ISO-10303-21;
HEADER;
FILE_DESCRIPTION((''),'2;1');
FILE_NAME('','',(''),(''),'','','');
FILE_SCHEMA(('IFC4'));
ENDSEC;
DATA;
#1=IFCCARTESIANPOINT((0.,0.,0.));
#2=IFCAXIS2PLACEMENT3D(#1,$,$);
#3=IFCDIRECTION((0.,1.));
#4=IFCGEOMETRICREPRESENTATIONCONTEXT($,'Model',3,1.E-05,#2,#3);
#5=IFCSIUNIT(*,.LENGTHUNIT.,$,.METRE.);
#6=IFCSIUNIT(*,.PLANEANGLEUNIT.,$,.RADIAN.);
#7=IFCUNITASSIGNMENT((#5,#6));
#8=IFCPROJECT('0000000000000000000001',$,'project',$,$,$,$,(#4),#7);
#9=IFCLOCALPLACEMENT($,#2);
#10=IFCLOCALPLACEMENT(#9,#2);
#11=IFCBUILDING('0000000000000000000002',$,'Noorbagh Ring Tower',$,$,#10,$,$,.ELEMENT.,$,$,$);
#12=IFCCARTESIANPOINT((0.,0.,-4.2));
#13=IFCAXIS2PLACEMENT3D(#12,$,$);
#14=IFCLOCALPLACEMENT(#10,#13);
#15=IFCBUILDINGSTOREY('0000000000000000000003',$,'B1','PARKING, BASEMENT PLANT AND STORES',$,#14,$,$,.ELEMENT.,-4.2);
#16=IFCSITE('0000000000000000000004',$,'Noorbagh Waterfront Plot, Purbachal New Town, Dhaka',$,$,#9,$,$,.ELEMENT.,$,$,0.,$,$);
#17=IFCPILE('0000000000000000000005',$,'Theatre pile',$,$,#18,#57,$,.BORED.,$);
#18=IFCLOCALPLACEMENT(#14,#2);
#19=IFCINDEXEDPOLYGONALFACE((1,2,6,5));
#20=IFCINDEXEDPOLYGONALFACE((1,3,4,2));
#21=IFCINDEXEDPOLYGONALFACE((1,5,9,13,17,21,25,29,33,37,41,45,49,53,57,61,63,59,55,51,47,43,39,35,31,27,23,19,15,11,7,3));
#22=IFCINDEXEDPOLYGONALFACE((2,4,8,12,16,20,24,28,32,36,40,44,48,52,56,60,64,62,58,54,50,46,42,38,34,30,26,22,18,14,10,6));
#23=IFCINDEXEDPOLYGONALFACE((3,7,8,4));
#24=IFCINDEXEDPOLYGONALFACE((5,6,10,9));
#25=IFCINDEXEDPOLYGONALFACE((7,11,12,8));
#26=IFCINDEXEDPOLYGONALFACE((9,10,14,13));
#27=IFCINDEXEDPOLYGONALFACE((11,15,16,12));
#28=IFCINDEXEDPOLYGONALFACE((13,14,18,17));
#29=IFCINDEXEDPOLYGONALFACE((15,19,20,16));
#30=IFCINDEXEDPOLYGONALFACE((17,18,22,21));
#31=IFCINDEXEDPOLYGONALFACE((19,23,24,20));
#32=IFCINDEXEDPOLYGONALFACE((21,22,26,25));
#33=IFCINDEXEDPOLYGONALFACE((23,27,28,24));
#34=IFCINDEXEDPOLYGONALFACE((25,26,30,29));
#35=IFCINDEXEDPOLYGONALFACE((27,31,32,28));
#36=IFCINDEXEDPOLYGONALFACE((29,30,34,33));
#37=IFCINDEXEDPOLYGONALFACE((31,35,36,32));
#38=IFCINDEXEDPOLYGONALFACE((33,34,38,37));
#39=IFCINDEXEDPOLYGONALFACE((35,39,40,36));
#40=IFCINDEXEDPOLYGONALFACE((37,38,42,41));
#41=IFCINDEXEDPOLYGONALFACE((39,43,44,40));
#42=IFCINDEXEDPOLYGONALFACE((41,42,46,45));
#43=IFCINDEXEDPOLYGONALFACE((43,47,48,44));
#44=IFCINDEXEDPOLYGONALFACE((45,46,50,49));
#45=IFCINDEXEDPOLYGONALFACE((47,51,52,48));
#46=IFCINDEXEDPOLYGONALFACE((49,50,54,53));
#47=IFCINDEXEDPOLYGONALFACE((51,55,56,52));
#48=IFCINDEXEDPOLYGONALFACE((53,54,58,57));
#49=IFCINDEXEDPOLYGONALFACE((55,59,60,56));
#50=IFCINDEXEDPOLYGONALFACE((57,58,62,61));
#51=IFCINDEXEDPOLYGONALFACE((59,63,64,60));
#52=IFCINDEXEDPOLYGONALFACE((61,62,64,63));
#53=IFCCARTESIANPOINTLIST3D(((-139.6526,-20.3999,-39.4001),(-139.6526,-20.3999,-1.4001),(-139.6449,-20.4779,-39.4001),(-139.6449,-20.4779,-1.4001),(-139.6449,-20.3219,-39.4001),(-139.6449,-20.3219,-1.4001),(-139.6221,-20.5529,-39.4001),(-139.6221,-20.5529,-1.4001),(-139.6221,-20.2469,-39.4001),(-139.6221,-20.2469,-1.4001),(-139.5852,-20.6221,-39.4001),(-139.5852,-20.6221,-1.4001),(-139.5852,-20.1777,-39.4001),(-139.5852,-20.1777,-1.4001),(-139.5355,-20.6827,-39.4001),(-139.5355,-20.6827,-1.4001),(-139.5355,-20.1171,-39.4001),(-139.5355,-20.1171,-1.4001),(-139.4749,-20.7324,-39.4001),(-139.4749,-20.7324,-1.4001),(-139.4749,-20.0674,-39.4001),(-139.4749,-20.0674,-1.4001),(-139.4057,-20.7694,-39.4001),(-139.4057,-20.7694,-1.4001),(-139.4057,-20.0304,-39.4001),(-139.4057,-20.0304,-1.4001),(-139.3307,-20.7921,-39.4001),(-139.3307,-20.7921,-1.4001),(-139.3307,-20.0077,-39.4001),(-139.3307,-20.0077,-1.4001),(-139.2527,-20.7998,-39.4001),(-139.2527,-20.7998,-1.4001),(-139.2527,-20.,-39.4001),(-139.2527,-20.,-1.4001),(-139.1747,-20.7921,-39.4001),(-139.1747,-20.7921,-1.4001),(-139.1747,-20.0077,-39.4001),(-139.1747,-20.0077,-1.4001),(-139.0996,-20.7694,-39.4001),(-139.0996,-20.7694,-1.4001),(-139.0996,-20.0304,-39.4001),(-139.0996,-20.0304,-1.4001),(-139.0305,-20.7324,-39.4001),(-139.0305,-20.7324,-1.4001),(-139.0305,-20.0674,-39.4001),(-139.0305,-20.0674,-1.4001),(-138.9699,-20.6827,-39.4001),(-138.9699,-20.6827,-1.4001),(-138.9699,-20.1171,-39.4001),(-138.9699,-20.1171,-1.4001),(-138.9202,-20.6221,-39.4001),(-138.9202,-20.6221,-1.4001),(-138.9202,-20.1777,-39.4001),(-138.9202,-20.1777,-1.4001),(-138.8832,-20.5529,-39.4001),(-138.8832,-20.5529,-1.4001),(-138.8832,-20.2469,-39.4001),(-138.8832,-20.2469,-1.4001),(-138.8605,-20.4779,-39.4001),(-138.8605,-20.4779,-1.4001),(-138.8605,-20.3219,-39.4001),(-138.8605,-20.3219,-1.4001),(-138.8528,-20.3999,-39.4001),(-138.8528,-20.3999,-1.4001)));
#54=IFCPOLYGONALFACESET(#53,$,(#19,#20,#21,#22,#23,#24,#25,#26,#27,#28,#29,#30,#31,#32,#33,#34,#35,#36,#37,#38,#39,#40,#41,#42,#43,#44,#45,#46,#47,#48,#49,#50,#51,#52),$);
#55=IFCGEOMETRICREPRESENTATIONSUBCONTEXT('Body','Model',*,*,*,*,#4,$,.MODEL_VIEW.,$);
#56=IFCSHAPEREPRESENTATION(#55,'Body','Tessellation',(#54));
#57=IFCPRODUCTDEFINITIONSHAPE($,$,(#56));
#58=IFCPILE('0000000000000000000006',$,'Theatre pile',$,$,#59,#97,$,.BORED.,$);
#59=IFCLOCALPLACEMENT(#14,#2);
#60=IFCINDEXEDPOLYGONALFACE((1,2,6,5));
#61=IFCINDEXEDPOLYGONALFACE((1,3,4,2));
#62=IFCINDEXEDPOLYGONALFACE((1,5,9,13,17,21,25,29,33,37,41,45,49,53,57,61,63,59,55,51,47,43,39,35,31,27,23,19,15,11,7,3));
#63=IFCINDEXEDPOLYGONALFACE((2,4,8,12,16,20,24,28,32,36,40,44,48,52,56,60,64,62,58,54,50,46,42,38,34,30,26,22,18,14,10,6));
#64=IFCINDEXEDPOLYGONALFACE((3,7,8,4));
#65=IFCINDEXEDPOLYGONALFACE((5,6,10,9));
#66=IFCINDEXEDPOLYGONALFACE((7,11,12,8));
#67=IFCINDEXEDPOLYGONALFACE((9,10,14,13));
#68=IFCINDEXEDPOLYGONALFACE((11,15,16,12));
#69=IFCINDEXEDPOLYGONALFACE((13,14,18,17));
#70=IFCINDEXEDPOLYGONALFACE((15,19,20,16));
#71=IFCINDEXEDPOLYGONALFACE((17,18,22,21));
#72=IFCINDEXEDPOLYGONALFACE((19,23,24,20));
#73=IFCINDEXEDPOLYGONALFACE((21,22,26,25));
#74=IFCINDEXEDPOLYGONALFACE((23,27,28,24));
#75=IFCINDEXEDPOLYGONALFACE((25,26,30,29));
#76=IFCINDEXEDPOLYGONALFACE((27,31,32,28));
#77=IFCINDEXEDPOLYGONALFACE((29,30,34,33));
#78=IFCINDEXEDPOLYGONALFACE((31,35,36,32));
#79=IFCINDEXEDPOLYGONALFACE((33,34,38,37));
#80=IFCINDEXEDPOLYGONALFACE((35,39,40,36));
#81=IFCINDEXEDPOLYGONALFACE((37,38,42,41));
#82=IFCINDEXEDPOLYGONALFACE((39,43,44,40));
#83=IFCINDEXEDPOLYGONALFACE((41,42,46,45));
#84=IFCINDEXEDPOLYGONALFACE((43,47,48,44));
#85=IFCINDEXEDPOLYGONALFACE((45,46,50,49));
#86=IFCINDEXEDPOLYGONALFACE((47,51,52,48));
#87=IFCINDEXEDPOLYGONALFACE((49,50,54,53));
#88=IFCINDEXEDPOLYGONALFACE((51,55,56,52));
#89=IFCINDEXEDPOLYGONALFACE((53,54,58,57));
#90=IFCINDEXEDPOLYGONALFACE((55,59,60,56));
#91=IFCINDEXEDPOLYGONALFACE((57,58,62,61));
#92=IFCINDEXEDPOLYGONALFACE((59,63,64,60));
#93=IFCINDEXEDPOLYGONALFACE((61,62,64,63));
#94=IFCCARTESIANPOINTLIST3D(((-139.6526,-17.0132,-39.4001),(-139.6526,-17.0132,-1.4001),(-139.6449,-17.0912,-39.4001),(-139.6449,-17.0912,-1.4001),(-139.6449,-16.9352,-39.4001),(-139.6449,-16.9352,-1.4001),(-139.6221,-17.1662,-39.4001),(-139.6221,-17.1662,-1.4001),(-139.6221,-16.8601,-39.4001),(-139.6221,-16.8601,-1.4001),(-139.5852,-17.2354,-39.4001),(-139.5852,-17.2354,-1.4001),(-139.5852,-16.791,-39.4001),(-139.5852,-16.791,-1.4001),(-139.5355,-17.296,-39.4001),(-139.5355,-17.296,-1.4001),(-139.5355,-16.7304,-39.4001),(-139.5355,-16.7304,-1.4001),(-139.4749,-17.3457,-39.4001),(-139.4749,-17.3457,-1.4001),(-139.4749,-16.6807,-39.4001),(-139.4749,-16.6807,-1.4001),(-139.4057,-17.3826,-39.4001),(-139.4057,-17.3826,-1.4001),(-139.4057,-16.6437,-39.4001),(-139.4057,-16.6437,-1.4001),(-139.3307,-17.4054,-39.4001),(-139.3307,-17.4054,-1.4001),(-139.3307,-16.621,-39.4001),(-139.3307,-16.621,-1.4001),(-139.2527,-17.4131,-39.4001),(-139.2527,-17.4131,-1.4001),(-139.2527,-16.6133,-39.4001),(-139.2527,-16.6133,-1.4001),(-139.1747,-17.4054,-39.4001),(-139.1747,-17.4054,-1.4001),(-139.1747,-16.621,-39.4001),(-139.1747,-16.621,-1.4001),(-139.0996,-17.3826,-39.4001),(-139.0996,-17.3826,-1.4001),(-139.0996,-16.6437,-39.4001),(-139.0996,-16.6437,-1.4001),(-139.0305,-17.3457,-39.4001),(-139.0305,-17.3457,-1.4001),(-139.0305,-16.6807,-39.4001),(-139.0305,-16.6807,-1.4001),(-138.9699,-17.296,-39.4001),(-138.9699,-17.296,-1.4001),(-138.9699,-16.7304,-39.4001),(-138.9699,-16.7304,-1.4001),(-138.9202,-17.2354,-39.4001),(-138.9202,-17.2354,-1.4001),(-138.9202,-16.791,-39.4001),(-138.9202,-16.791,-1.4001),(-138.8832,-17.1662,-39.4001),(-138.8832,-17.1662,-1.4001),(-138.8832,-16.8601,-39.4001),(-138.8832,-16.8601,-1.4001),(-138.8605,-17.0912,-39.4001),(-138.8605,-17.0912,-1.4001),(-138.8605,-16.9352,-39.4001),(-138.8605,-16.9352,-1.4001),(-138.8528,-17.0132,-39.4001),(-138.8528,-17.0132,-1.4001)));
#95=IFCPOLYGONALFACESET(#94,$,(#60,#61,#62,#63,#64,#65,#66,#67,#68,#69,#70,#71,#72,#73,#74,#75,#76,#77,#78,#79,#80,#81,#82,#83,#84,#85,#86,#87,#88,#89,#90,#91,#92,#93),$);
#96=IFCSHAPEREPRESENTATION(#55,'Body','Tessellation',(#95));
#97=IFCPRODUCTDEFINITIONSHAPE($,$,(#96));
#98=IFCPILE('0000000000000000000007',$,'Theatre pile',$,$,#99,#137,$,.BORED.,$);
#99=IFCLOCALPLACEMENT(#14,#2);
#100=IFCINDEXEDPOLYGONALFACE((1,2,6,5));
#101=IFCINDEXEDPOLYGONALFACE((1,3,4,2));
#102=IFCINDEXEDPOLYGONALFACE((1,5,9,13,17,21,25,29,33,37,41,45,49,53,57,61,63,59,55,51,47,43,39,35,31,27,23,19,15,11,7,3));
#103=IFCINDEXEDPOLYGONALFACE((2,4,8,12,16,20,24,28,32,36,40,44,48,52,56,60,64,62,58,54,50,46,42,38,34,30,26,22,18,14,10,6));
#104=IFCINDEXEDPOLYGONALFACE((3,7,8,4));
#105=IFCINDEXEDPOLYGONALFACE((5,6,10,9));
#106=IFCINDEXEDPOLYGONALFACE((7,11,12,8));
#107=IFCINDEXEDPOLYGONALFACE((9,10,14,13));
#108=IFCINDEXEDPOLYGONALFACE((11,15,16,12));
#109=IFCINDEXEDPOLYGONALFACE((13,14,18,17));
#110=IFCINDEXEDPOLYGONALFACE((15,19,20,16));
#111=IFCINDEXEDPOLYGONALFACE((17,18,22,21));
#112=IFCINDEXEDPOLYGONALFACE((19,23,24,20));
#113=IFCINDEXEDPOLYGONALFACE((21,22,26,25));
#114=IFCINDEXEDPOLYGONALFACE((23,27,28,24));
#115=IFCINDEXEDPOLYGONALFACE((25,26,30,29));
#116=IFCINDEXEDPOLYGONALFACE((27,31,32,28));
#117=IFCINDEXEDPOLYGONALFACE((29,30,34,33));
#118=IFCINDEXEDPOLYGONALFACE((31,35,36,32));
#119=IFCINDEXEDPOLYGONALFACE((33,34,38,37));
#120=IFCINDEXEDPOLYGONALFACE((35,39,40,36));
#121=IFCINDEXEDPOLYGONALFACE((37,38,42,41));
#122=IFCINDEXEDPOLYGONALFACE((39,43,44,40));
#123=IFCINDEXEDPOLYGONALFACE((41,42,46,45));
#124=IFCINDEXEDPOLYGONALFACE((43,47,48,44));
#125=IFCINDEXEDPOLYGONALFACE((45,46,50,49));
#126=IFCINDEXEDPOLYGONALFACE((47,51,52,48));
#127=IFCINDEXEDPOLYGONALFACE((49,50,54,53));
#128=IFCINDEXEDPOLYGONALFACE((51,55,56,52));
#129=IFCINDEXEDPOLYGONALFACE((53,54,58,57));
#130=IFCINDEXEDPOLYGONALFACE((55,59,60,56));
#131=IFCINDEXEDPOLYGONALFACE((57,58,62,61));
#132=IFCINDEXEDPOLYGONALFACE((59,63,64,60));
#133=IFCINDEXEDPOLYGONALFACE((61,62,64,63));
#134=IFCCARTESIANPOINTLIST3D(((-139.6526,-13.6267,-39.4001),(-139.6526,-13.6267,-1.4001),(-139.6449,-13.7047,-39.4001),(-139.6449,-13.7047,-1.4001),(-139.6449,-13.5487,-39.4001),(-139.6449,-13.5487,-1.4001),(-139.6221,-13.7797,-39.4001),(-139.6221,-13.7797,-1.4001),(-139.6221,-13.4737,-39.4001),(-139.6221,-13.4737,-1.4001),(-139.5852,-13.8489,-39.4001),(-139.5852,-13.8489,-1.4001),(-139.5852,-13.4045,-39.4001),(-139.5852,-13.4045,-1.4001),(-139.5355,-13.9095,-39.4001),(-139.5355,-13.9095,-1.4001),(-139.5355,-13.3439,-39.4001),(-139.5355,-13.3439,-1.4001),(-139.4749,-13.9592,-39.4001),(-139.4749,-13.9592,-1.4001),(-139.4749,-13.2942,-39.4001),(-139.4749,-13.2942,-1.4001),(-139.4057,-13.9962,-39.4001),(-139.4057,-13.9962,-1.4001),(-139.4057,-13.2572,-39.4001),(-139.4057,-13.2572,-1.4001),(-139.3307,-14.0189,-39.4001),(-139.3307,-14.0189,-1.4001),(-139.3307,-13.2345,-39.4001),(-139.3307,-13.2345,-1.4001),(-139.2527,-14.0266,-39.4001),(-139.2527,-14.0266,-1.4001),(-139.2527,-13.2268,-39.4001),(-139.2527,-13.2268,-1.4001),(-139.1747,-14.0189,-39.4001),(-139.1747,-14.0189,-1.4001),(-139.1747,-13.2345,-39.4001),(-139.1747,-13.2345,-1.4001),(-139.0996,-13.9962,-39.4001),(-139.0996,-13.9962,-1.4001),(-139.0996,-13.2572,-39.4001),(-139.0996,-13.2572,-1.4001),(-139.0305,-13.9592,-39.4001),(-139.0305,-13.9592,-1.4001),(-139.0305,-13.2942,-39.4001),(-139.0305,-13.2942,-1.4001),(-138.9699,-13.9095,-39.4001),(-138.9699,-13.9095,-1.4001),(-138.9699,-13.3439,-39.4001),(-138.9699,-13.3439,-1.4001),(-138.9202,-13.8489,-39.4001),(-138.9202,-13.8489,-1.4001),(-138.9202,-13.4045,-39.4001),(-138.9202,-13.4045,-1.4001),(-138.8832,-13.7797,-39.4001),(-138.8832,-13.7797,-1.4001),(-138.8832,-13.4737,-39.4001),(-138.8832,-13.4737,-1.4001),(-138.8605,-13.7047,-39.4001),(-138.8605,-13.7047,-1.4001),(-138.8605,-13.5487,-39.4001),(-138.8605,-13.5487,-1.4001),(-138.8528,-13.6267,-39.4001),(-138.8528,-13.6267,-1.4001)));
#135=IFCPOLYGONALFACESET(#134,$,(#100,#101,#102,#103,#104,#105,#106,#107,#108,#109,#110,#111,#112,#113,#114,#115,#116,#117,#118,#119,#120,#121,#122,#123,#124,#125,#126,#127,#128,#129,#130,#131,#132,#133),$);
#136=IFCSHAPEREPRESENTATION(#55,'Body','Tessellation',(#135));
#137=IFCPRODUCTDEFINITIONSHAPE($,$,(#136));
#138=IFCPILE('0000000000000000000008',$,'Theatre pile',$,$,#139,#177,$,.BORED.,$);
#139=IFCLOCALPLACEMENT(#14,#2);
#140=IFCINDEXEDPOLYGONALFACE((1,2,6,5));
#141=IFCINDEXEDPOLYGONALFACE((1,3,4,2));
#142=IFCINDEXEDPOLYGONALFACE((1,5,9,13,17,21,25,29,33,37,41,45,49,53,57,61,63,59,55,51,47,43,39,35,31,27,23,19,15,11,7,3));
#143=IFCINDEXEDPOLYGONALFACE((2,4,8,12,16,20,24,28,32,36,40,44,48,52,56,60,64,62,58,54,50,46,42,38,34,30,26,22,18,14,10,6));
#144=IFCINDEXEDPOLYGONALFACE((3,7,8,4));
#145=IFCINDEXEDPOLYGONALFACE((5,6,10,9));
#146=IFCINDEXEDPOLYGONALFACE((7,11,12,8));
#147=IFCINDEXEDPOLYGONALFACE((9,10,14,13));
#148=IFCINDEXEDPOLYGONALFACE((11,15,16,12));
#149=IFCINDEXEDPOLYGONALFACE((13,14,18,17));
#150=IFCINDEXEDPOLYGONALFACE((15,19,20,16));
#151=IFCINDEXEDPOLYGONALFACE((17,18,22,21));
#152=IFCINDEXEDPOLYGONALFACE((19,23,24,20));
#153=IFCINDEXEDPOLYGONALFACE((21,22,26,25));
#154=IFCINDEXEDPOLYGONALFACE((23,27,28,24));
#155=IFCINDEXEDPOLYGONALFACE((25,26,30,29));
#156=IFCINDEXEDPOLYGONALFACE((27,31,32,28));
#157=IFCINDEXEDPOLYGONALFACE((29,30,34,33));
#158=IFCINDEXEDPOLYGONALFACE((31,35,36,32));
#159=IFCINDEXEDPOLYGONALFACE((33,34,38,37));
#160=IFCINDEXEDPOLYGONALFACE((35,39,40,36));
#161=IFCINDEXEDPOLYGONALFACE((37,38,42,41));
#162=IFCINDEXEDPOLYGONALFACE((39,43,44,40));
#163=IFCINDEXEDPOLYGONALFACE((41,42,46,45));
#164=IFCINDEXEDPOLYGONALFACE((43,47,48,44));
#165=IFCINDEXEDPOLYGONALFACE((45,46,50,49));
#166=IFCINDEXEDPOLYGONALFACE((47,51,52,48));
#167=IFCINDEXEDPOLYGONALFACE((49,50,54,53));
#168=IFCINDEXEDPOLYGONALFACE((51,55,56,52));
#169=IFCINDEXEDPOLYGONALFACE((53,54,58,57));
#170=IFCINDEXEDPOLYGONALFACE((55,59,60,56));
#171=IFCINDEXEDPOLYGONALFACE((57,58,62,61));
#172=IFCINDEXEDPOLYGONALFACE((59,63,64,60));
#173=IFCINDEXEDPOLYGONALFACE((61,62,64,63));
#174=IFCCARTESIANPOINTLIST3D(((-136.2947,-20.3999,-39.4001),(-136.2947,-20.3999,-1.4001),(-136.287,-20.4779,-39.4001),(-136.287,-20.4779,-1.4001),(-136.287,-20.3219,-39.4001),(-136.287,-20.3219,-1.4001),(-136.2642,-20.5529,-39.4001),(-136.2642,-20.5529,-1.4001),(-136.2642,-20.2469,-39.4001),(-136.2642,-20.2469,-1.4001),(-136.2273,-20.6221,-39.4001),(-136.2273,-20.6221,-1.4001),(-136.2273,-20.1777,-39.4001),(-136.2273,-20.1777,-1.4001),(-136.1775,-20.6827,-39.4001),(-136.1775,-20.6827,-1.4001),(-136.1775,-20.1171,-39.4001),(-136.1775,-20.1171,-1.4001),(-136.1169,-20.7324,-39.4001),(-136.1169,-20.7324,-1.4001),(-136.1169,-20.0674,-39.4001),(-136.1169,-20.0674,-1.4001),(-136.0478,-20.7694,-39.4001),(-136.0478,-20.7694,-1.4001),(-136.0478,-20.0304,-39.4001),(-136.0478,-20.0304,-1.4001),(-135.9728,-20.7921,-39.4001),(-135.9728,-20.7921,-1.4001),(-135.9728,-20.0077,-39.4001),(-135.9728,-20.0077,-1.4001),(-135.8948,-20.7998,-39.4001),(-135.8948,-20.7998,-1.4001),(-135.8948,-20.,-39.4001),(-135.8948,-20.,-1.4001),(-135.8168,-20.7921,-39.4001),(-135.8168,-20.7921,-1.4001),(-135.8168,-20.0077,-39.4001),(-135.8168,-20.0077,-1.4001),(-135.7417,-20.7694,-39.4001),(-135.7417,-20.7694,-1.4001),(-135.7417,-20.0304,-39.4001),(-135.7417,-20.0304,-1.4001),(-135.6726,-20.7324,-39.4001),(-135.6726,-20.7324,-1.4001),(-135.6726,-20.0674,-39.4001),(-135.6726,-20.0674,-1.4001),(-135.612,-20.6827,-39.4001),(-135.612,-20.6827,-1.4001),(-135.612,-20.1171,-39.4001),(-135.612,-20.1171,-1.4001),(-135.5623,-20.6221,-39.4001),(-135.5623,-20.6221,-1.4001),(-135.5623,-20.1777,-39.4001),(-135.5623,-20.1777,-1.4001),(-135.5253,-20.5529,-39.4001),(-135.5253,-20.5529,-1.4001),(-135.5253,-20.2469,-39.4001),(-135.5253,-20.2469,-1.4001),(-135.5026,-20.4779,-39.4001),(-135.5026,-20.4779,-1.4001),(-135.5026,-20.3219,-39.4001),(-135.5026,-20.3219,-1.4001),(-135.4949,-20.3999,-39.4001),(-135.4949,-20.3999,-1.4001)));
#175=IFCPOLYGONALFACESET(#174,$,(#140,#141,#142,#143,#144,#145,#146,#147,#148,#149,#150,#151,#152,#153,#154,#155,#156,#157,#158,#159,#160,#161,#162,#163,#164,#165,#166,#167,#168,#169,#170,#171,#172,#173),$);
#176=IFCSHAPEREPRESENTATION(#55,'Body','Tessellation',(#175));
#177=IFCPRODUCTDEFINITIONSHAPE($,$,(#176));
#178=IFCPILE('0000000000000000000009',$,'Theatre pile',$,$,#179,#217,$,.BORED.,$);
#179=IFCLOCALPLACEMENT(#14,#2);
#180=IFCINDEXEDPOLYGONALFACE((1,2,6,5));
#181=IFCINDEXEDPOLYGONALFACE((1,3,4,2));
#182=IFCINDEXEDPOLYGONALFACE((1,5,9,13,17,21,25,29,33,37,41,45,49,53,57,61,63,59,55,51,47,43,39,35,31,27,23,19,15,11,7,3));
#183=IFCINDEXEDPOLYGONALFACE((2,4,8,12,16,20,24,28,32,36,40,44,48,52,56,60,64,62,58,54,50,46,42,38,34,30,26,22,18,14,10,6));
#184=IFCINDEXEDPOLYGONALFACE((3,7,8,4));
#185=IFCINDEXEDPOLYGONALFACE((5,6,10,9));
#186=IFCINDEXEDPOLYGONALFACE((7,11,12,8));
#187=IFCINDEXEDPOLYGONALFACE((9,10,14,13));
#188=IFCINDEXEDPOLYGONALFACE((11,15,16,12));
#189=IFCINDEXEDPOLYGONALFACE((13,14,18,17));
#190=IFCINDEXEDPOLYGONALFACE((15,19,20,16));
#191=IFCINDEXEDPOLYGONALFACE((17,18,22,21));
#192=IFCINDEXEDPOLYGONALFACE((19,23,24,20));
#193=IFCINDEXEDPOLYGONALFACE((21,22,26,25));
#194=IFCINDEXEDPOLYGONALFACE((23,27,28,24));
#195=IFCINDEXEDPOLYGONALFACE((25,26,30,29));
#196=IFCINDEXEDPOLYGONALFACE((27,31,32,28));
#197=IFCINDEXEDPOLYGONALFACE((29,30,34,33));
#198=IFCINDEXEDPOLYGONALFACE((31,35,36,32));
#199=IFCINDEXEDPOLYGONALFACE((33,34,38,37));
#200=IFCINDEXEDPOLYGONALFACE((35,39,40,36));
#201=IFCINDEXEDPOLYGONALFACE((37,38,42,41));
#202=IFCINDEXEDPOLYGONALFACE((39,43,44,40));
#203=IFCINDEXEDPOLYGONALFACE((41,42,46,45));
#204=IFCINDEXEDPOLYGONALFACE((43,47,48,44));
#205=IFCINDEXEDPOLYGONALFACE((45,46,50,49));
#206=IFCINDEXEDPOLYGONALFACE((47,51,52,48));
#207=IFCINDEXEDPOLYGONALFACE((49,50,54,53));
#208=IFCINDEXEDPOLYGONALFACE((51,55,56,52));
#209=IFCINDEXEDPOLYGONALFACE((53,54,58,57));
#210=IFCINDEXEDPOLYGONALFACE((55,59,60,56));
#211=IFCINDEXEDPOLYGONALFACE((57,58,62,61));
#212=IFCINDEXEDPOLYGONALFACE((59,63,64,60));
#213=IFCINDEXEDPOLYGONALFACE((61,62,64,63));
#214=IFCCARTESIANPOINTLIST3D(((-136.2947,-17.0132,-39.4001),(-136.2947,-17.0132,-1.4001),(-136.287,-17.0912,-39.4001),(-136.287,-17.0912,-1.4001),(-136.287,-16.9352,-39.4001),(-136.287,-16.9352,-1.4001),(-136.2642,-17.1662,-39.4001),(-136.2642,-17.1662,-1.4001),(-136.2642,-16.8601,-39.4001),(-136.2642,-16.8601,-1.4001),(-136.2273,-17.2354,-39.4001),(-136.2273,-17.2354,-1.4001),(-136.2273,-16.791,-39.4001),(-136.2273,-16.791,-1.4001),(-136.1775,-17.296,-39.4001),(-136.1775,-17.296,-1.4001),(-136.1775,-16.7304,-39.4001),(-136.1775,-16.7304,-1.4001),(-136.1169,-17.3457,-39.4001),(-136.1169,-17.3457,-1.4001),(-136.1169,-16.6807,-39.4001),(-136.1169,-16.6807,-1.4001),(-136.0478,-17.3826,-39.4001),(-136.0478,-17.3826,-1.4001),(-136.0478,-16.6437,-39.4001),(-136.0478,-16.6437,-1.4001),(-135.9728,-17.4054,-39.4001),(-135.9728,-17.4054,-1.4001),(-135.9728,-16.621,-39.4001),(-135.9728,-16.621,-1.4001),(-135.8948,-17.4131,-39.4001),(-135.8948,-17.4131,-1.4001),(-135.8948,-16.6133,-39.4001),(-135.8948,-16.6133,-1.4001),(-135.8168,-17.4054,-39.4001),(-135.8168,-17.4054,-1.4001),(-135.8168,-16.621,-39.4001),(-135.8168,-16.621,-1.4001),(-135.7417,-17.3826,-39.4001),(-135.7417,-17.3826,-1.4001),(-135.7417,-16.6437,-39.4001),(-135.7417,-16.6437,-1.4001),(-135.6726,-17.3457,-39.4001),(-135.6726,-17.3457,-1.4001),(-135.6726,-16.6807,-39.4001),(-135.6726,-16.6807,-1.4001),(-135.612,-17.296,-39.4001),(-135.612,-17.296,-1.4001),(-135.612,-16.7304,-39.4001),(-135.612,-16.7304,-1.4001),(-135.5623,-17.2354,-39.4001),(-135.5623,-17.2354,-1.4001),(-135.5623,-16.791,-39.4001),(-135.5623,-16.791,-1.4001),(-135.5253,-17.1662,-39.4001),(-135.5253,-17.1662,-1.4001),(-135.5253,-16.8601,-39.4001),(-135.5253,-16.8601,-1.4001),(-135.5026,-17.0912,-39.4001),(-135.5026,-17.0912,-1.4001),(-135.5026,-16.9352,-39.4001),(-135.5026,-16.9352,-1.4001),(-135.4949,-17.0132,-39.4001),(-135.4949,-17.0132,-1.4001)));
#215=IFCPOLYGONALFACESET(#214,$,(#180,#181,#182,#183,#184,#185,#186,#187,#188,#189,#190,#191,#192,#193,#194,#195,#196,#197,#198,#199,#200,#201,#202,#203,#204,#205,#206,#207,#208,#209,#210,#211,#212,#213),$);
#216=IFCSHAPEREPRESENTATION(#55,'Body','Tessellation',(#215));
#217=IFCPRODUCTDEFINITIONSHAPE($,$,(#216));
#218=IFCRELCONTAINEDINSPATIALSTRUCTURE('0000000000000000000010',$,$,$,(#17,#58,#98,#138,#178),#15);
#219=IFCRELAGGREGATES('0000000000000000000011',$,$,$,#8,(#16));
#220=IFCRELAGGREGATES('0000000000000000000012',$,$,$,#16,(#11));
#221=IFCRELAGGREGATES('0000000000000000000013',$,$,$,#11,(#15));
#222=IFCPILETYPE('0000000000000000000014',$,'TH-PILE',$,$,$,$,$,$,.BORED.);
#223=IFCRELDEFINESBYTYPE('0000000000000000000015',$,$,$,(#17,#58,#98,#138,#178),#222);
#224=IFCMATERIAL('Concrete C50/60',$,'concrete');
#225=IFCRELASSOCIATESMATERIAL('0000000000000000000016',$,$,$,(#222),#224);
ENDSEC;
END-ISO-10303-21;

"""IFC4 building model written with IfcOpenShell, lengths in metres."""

from ifc_helpers import new_model, si_unit, direction, frame, origin, origin_2d, place, context, subcontext, project, spatial, circle, extrude, material, material_profile, profile_set, type_object, element, save


model = new_model("IFC4")

# Units and contexts
model_context = context("Model", 3, precision=1e-05, world=origin(), true_north=direction((0.0, 1.0)))
body_context = subcontext(model_context, "Body", "Model", "MODEL_VIEW")
ifc_project = project(units=[si_unit("LENGTHUNIT", "METRE"), si_unit("PLANEANGLEUNIT", "RADIAN")], contexts=[model_context])

# Site, building, storey
site_placement = place(None, origin())
site = spatial("IfcSite", under=ifc_project, at=site_placement, Name="Noorbagh Waterfront Plot, Purbachal New Town, Dhaka", CompositionType="ELEMENT", RefElevation=0.0)
building_placement = place(site_placement, origin())
building = spatial("IfcBuilding", under=site, at=building_placement, Name="Noorbagh Ring Tower", CompositionType="ELEMENT")
storey_placement = place(building_placement, frame((0.0, 0.0, -4.2)))
storey = spatial("IfcBuildingStorey", under=building, at=storey_placement, Name="B1", Description="PARKING, BASEMENT PLANT AND STORES", CompositionType="ELEMENT", Elevation=-4.2)

# Piles
ifc_material_1 = material(Name="Concrete C50/60", Category="concrete")
ifc_material_profile = material_profile(ifc_material_1, circle(Radius=0.3999, at=origin_2d()), Name="PILE800")
ifc_profile_set = profile_set([ifc_material_profile], Name="Concrete C50/60")
pile_type = type_object("IfcPileType", Name="TH-PILE", PredefinedType="BORED", material=ifc_profile_set)
for number, where, z_axis, x_axis, name in (
    (1, (-139.2527, -20.3999, -1.4001), (0.0, 0.0, -1.0), (1.0, 0.0, 0.0), "Theatre pile"),
    (2, (-139.2527, -17.0132, -1.4001), (0.0, 0.0, -1.0), (1.0, 0.0, 0.0), "Theatre pile"),
    (3, (-139.2527, -13.6267, -1.4001), (0.0, 0.0, -1.0), (1.0, 0.0, 0.0), "Theatre pile"),
    (4, (-135.8948, -20.3999, -1.4001), (0.0, 0.0, -1.0), (1.0, 0.0, 0.0), "Theatre pile"),
    (5, (-135.8948, -17.0132, -1.4001), (0.0, 0.0, -1.0), (1.0, 0.0, 0.0), "Theatre pile"),
):
    element("IfcPile", number, at=place(storey_placement, frame(where, z_axis=z_axis, x_axis=x_axis)), inside=storey, type_object=pile_type, Name=name, PredefinedType="BORED", context=body_context, shape_type="SweptSolid", body=[
        extrude(circle(Radius=0.3999, at=origin_2d()), origin(), (0.0, 0.0, 1.0), 38.0),
    ])

save(model, "model.ifc")
